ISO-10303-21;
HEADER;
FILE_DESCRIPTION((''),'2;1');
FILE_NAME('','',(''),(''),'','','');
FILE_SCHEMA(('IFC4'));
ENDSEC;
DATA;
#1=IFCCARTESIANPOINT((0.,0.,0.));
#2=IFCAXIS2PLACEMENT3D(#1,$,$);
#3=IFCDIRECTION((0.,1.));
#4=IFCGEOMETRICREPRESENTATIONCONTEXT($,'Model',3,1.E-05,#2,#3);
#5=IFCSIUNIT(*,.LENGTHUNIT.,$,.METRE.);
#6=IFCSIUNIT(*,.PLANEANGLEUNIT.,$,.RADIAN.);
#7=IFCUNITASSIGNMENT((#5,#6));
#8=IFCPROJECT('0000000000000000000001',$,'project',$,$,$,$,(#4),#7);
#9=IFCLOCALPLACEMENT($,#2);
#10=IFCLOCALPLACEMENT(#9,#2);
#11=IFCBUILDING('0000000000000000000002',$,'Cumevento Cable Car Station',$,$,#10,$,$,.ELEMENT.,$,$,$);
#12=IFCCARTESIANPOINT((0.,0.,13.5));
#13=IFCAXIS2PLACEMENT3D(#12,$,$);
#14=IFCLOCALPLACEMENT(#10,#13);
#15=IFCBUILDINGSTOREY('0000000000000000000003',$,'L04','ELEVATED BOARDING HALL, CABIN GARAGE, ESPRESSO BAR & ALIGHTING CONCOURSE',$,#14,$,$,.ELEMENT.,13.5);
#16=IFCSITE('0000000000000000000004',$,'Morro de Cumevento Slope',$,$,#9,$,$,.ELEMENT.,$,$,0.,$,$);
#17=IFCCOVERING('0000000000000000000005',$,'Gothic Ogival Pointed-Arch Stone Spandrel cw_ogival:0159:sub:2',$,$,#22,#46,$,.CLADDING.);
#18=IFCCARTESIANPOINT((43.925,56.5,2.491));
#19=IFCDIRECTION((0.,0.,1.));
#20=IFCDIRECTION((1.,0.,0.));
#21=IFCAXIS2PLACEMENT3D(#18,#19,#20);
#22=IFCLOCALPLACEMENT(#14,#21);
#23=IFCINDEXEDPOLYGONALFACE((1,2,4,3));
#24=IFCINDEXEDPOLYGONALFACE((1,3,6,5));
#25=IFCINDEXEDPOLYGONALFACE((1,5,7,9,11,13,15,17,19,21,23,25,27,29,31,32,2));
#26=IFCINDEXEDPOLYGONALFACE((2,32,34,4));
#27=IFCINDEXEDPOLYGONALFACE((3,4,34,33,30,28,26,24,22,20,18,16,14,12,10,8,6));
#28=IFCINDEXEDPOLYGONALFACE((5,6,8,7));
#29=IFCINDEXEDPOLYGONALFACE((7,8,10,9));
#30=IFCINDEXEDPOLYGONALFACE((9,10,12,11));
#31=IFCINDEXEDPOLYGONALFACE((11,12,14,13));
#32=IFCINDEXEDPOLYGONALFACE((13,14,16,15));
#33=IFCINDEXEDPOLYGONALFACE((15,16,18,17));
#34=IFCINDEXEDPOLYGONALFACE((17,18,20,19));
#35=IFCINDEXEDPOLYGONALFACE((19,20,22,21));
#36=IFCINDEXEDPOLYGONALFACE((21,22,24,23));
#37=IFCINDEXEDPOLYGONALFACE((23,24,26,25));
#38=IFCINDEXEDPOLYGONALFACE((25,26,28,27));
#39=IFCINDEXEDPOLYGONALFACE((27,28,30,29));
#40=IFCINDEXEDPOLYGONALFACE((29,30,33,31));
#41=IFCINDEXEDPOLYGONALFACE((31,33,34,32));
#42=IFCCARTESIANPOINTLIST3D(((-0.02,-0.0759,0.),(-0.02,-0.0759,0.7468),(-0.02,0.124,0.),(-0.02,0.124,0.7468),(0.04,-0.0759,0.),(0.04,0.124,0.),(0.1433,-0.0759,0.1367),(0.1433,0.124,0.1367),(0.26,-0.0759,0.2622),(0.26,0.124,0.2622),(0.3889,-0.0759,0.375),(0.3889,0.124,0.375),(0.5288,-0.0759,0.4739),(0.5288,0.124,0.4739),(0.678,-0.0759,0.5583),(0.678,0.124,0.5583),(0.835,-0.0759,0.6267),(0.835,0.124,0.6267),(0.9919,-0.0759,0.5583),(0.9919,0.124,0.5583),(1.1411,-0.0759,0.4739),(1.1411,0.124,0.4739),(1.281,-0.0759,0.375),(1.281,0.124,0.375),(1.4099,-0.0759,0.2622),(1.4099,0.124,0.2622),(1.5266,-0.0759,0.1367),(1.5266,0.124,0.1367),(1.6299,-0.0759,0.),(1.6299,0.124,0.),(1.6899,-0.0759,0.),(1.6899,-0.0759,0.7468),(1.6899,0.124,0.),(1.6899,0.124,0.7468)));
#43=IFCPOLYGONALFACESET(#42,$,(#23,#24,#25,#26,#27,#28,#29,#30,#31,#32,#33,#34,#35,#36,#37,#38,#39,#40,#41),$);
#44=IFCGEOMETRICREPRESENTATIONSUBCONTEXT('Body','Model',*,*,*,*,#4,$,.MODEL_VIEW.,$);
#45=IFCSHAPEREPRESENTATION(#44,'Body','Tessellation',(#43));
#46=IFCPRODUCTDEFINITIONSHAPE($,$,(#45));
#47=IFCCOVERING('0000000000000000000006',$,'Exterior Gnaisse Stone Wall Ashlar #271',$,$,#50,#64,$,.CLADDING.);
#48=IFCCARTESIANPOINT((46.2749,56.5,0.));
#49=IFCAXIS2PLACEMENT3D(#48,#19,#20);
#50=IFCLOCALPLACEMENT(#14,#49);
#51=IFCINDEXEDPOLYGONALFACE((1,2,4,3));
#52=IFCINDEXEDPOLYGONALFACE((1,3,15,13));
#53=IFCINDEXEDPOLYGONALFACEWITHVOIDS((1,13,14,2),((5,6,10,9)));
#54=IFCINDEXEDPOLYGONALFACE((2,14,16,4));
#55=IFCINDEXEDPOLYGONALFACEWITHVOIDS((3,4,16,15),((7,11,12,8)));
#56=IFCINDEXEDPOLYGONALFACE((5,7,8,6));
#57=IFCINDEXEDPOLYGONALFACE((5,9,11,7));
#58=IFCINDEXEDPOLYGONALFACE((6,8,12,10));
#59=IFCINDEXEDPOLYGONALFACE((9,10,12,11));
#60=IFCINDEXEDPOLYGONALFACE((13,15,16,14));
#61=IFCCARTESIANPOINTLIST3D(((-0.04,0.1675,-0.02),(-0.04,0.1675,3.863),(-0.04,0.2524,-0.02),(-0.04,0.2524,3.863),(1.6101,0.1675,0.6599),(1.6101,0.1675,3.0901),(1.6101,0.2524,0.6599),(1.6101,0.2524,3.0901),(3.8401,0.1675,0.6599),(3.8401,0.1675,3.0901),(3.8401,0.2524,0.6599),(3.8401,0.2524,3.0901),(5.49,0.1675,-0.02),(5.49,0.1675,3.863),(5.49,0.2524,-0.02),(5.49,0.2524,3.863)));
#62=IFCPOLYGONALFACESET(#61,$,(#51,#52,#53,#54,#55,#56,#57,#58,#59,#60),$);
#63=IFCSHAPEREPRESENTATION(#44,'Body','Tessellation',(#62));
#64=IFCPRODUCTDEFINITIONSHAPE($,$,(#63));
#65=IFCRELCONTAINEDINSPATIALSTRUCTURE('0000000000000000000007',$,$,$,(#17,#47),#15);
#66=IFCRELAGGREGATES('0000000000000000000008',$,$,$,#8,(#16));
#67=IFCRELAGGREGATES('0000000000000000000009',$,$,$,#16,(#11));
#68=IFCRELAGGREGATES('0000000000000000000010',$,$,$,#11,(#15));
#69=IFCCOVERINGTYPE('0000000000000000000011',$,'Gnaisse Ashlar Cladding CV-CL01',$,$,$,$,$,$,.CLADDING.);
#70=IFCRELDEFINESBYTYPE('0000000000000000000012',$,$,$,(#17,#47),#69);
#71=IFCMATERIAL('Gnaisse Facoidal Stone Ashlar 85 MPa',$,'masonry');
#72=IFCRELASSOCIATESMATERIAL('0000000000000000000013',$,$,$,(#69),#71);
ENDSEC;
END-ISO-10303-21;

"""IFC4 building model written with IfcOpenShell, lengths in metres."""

from ifc_helpers import new_model, si_unit, direction, frame, origin, place, context, subcontext, project, spatial, polyline, outline, extrude, material, type_object, element, save


model = new_model("IFC4")

# Units and contexts
model_context = context("Model", 3, precision=1e-05, world=origin(), true_north=direction((0.0, 1.0)))
body_context = subcontext(model_context, "Body", "Model", "MODEL_VIEW")
ifc_project = project(units=[si_unit("LENGTHUNIT", "METRE"), si_unit("PLANEANGLEUNIT", "RADIAN")], contexts=[model_context])

# Site, building, storey
site_placement = place(None, origin())
site = spatial("IfcSite", under=ifc_project, at=site_placement, Name="Morro de Cumevento Slope", CompositionType="ELEMENT", RefElevation=0.0)
building_placement = place(site_placement, origin())
building = spatial("IfcBuilding", under=site, at=building_placement, Name="Cumevento Cable Car Station", CompositionType="ELEMENT")
storey_placement = place(building_placement, frame((0.0, 0.0, 13.5)))
storey = spatial("IfcBuildingStorey", under=building, at=storey_placement, Name="L04", Description="ELEVATED BOARDING HALL, CABIN GARAGE, ESPRESSO BAR & ALIGHTING CONCOURSE", CompositionType="ELEMENT", Elevation=13.5)

# Coverings
ifc_material_1 = material(Name="Gnaisse Facoidal Stone Ashlar 85 MPa", Category="masonry")
covering_type = type_object("IfcCoveringType", Name="Gnaisse Ashlar Cladding CV-CL01", PredefinedType="CLADDING", material=ifc_material_1)
covering_1_placement = place(storey_placement, frame((43.925, 56.5, 2.491), z_axis=(0.0, 0.0, 1.0), x_axis=(1.0, 0.0, 0.0)))
element("IfcCovering", 1, at=covering_1_placement, inside=storey, type_object=covering_type, Name="Gothic Ogival Pointed-Arch Stone Spandrel cw_ogival:0159:sub:2", PredefinedType="CLADDING", context=body_context, shape_type="SweptSolid", body=[
    extrude(outline(polyline([(-0.02, 0.0), (-0.02, 0.7468), (1.6899, 0.7468), (1.6899, 0.0), (1.6299, 0.0), (1.5266, 0.1367), (1.4099, 0.2622), (1.281, 0.375), (1.1411, 0.4739), (0.9919, 0.5583), (0.835, 0.6267), (0.678, 0.5583), (0.5288, 0.4739), (0.3889, 0.375), (0.26, 0.2622), (0.1433, 0.1367), (0.04, 0.0), (-0.02, 0.0)])), frame((0.0, 0.124, 0.0), z_axis=(0.0, -1.0, 0.0), x_axis=(1.0, 0.0, 0.0)), (0.0, 0.0, 1.0), 0.2),
])
covering_2_placement = place(storey_placement, frame((46.2749, 56.5, 0.0), z_axis=(0.0, 0.0, 1.0), x_axis=(1.0, 0.0, 0.0)))
element("IfcCovering", 2, at=covering_2_placement, inside=storey, type_object=covering_type, Name="Exterior Gnaisse Stone Wall Ashlar #271", PredefinedType="CLADDING", context=body_context, shape_type="SweptSolid", body=[
    extrude(outline(polyline([(-0.04, -0.02), (5.49, -0.02), (5.49, 3.863), (-0.04, 3.863), (-0.04, -0.02)]), holes=[polyline([(1.6101, 0.6599), (3.8401, 0.6599), (3.8401, 3.0901), (1.6101, 3.0901), (1.6101, 0.6599)])]), frame((0.0, 0.2524, 0.0), z_axis=(0.0, -1.0, 0.0), x_axis=(1.0, 0.0, 0.0)), (0.0, 0.0, 1.0), 0.085),
])

save(model, "model.ifc")
